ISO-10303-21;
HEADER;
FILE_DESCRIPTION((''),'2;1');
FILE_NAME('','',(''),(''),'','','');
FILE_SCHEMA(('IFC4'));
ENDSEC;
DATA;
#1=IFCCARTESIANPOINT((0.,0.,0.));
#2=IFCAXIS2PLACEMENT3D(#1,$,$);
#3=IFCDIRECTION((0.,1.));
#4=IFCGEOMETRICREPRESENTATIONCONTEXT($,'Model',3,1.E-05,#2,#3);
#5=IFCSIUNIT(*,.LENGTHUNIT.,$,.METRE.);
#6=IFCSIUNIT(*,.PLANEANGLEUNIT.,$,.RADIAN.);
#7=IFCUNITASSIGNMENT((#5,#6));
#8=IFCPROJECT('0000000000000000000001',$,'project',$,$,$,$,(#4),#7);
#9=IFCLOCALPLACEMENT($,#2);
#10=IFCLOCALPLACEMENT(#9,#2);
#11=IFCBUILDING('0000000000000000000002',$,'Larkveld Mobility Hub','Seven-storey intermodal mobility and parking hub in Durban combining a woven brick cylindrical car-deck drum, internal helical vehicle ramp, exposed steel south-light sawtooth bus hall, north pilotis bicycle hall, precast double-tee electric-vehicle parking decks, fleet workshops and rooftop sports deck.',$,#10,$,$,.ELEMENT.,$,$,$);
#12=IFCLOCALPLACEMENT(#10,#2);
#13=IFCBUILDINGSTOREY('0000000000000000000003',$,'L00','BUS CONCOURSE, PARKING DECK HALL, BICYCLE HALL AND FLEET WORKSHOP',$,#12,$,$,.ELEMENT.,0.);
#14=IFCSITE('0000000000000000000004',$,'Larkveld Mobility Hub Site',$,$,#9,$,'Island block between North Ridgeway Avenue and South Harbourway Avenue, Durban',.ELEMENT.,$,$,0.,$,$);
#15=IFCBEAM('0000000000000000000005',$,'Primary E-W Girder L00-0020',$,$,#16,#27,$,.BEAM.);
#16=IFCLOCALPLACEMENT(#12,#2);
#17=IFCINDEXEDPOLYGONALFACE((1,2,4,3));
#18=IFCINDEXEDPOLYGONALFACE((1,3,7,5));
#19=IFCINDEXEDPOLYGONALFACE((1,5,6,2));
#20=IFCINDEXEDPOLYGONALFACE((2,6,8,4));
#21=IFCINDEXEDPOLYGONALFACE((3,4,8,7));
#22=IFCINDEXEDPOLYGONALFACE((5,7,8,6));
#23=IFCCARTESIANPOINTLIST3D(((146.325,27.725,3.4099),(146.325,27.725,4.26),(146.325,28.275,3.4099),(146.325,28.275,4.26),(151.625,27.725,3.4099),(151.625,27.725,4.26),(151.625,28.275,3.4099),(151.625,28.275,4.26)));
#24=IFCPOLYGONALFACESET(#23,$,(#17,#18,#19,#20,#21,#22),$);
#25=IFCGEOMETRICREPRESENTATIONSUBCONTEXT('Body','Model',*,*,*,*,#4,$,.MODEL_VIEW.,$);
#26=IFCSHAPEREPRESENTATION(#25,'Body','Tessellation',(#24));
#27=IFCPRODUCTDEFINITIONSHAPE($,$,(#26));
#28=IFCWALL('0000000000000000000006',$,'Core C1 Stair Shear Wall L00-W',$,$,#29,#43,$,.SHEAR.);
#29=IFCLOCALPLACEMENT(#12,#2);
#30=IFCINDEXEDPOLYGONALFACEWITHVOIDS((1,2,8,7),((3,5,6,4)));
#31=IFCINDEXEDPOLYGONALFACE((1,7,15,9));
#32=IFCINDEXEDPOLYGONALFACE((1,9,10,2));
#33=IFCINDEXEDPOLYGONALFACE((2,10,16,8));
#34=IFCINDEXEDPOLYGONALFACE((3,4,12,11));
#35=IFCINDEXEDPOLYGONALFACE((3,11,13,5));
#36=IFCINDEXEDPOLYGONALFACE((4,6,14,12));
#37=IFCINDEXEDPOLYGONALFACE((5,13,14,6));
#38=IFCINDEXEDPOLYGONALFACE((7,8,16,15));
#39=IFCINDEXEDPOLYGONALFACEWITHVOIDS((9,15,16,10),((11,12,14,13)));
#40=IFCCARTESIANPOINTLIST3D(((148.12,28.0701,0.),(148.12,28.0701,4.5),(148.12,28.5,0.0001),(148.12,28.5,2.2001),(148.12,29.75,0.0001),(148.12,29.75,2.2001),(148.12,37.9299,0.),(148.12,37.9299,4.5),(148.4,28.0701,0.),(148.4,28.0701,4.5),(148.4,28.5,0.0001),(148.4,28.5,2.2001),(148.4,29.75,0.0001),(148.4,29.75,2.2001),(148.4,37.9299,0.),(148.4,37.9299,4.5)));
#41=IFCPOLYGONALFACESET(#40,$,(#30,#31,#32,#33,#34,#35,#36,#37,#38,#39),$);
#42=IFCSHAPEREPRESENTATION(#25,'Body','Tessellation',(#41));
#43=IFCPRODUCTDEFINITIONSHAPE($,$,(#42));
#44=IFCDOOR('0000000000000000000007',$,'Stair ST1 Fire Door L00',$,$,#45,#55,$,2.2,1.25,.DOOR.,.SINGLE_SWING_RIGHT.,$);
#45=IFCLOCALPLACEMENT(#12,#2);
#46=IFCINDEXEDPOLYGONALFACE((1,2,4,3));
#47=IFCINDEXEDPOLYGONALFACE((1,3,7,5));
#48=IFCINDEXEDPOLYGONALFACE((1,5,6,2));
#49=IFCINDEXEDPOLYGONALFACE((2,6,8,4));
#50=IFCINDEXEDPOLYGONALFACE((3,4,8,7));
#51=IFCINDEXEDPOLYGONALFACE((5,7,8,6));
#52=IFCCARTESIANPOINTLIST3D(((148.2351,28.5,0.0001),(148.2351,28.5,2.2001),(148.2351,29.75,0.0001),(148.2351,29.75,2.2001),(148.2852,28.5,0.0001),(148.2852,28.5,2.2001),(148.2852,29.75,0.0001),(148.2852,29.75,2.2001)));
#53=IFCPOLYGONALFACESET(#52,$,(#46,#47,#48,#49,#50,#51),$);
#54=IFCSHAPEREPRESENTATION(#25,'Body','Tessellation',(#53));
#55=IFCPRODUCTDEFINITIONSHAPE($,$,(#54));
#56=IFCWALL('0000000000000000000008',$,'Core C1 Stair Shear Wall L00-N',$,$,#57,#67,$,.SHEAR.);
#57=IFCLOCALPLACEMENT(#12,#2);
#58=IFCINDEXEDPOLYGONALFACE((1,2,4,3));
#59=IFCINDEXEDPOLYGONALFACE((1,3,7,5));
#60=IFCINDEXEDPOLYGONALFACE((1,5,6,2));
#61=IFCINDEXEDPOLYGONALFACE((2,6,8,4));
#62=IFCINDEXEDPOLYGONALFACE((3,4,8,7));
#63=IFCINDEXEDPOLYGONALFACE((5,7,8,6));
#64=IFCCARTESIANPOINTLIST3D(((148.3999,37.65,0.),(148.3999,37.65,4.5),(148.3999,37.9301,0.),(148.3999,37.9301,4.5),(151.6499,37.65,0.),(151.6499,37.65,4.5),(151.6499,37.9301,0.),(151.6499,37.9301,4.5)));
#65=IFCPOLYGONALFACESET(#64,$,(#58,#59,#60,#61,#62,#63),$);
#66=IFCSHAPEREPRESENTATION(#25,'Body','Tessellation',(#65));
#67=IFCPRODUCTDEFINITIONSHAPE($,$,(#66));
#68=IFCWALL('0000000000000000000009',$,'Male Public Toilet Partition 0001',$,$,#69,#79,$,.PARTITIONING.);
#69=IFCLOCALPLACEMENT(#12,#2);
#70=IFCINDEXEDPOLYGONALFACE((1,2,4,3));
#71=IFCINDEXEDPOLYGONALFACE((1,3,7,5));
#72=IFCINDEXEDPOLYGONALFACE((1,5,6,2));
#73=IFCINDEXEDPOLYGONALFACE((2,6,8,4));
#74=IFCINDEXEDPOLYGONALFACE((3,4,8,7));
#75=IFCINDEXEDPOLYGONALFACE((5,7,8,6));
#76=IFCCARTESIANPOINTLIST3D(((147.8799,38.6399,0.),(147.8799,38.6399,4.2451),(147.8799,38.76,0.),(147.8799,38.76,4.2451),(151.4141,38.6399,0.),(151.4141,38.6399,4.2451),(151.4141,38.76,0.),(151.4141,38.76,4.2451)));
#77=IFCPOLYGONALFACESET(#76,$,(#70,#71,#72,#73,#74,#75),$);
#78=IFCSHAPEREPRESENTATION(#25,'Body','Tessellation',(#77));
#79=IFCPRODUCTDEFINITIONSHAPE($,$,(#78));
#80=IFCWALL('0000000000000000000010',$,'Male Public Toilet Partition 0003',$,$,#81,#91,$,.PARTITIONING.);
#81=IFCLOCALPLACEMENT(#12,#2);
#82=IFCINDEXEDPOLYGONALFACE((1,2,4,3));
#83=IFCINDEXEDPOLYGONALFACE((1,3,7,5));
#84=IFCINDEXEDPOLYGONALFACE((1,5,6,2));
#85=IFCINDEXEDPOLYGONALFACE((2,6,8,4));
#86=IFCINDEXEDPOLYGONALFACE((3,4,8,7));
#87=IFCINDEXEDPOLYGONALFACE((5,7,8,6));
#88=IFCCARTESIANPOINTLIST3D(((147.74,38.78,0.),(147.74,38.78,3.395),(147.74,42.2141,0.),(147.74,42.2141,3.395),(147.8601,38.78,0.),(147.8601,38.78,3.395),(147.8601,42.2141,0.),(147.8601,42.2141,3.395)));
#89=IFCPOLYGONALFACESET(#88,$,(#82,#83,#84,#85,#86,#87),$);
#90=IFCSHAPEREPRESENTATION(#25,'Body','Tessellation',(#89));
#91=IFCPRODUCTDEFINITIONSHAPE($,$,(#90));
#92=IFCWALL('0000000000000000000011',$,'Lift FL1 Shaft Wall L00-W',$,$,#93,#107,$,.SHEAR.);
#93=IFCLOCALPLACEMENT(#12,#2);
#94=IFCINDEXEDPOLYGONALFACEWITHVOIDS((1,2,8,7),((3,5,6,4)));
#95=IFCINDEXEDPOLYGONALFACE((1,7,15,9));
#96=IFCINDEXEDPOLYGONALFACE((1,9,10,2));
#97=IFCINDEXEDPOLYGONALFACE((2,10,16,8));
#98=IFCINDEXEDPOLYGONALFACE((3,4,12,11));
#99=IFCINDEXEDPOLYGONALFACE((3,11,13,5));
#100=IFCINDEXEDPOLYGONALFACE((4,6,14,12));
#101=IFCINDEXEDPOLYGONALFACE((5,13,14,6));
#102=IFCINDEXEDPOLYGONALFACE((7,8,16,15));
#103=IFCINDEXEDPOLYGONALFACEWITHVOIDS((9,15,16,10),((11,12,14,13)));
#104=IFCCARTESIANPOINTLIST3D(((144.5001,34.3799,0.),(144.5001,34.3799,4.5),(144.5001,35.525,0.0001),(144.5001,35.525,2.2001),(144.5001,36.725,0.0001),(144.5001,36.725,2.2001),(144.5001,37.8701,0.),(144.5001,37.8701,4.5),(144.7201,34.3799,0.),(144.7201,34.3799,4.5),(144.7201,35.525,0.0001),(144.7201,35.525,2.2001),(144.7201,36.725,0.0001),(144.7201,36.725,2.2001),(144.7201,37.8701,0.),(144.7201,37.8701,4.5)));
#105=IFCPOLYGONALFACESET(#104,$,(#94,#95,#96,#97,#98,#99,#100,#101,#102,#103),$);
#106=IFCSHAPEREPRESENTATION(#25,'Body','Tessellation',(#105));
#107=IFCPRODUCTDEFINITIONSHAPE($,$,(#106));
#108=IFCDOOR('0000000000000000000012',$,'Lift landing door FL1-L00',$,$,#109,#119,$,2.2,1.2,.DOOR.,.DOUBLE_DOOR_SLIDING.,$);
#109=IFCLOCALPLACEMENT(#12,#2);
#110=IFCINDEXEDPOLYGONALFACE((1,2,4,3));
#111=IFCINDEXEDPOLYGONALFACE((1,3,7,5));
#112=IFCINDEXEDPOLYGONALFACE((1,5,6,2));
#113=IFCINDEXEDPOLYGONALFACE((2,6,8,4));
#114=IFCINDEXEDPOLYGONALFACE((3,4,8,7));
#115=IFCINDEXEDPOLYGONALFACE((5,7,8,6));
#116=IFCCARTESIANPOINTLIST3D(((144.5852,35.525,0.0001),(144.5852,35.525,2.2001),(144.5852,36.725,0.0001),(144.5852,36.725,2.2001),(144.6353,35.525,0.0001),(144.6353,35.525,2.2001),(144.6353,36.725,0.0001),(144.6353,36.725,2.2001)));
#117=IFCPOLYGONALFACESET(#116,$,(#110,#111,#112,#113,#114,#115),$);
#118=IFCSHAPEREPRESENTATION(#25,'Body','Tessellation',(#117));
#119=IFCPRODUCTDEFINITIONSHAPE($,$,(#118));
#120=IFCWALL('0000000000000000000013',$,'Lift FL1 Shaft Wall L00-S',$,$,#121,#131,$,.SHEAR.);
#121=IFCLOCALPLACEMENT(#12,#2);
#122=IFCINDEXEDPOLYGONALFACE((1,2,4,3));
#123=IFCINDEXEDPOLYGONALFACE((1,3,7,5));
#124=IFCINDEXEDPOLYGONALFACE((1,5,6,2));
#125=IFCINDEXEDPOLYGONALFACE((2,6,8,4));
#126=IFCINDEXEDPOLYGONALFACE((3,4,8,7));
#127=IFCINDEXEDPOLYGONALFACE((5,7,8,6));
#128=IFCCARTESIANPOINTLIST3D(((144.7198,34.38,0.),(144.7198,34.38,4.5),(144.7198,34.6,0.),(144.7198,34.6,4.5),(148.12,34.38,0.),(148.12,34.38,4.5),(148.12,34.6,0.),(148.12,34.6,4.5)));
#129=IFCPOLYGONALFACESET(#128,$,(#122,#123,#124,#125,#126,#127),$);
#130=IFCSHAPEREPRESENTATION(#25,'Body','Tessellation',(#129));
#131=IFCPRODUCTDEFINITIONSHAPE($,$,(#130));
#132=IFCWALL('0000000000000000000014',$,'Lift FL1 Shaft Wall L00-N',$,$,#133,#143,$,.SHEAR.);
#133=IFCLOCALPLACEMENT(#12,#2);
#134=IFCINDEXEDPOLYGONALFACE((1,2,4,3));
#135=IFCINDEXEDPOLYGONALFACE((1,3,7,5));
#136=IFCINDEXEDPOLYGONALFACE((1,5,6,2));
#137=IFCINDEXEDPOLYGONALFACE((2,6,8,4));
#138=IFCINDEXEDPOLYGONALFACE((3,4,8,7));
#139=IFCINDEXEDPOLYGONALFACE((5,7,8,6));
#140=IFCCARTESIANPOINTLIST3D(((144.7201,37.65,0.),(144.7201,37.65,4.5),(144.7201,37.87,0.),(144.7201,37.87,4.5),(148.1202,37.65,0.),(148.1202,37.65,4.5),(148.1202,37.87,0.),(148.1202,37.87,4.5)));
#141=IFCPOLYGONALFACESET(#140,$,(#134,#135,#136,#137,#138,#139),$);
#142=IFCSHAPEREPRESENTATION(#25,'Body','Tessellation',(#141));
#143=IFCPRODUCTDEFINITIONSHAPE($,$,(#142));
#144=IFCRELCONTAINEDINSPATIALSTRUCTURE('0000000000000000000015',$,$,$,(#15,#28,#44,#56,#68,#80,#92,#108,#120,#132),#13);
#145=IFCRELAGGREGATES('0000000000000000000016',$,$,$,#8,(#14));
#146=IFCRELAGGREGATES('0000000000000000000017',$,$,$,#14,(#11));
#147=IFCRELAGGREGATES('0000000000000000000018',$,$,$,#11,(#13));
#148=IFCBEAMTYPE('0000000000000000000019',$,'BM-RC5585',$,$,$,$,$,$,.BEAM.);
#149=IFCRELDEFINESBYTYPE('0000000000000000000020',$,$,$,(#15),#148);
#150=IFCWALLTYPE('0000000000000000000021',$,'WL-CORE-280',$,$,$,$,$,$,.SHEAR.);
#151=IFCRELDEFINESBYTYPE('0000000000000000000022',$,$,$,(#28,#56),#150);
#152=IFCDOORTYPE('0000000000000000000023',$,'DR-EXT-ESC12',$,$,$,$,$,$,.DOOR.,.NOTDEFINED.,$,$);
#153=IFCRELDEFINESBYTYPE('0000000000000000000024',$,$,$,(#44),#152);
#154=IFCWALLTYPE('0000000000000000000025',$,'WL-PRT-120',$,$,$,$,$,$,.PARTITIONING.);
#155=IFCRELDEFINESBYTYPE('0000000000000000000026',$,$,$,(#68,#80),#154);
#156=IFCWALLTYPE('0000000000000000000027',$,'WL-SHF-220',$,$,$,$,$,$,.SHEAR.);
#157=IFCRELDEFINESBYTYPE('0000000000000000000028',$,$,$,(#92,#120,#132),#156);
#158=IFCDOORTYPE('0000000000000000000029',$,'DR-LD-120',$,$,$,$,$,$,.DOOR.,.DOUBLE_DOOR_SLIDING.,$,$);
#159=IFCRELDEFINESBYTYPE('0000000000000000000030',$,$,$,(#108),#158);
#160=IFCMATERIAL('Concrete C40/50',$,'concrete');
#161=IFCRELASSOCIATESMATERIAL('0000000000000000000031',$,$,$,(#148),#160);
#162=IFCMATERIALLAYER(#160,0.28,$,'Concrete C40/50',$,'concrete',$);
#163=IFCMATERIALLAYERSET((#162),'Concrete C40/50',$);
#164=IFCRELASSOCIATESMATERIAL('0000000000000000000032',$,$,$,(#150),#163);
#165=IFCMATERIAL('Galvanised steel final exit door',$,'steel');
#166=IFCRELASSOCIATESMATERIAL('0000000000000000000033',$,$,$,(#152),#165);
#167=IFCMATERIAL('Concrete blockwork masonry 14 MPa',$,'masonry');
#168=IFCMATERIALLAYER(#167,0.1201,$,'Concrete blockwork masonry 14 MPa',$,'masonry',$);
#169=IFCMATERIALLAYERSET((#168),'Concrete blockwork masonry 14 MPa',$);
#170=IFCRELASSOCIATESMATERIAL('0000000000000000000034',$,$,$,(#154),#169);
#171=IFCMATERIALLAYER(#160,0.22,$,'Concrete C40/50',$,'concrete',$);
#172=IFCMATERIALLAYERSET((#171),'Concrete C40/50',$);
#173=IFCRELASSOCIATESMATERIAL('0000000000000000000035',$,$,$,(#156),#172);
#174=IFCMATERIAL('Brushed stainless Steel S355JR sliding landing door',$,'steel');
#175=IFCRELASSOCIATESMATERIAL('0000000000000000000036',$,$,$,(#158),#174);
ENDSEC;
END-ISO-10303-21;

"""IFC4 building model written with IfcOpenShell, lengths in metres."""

from ifc_helpers import new_model, si_unit, direction, frame, frame_2d, origin, origin_2d, place, context, subcontext, project, spatial, rectangle, extrude, material, layer, layer_set, material_profile, profile_set, type_object, element, fill, save


model = new_model("IFC4")

# Units and contexts
model_context = context("Model", 3, precision=1e-05, world=origin(), true_north=direction((0.0, 1.0)))
body_context = subcontext(model_context, "Body", "Model", "MODEL_VIEW")
ifc_project = project(units=[si_unit("LENGTHUNIT", "METRE"), si_unit("PLANEANGLEUNIT", "RADIAN")], contexts=[model_context])

# Site, building, storey
site_placement = place(None, origin())
site = spatial("IfcSite", under=ifc_project, at=site_placement, Name="Larkveld Mobility Hub Site", LongName="Island block between North Ridgeway Avenue and South Harbourway Avenue, Durban", CompositionType="ELEMENT", RefElevation=0.0)
building_placement = place(site_placement, origin())
building = spatial("IfcBuilding", under=site, at=building_placement, Name="Larkveld Mobility Hub", Description="Seven-storey intermodal mobility and parking hub in Durban combining a woven brick cylindrical car-deck drum, internal helical vehicle ramp, exposed steel south-light sawtooth bus hall, north pilotis bicycle hall, precast double-tee electric-vehicle parking decks, fleet workshops and rooftop sports deck.", CompositionType="ELEMENT")
storey_placement = place(building_placement, origin())
storey = spatial("IfcBuildingStorey", under=building, at=storey_placement, Name="L00", Description="BUS CONCOURSE, PARKING DECK HALL, BICYCLE HALL AND FLEET WORKSHOP", CompositionType="ELEMENT", Elevation=0.0)

# Beam
ifc_material_1 = material(Name="Concrete C40/50", Category="concrete")
ifc_material_profile_1 = material_profile(ifc_material_1, rectangle(XDim=0.55, YDim=0.8501, at=origin_2d()), Name="RC BM 550x850")
ifc_profile_set_1 = profile_set([ifc_material_profile_1], Name="Concrete C40/50")
beam_type = type_object("IfcBeamType", Name="BM-RC5585", PredefinedType="BEAM", material=ifc_profile_set_1)
beam_placement = place(storey_placement, frame((146.325, 28.0, 3.835), z_axis=(1.0, 0.0, 0.0), x_axis=(0.0, 1.0, 0.0)))
element("IfcBeam", 1, at=beam_placement, inside=storey, type_object=beam_type, Name="Primary E-W Girder L00-0020", PredefinedType="BEAM", context=body_context, shape_type="SweptSolid", body=[
    extrude(rectangle(XDim=0.55, YDim=0.8501, at=origin_2d()), origin(), (0.0, 0.0, 1.0), 5.3),
])

# Wall, opening, door
ifc_layer_1 = layer(ifc_material_1, 0.28, Name="Concrete C40/50", Category="concrete")
ifc_layer_set_1 = layer_set([ifc_layer_1], Name="Concrete C40/50")
wall_type_1 = type_object("IfcWallType", Name="WL-CORE-280", PredefinedType="SHEAR", material=ifc_layer_set_1)
wall_1_placement = place(storey_placement, frame((148.26, 28.0701, 0.0), z_axis=(0.0, 0.0, 1.0), x_axis=(0.0, 1.0, 0.0)))
wall_1 = element("IfcWall", 2, at=wall_1_placement, inside=storey, type_object=wall_type_1, Name="Core C1 Stair Shear Wall L00-W", PredefinedType="SHEAR", context=body_context, shape_type="SweptSolid", body=[
    extrude(rectangle(XDim=9.8599, YDim=0.28, at=frame_2d((4.9299, 0.0))), origin(), (0.0, 0.0, 1.0), 4.5),
])
opening_1_placement = place(wall_1_placement, frame((0.4299, 0.0, 0.0)))
opening_1 = element("IfcOpeningElement", 3, at=opening_1_placement, cuts=wall_1, PredefinedType="OPENING", context=body_context, shape_type="SweptSolid", body=[
    extrude(rectangle(XDim=1.25, YDim=2.2, at=frame_2d((0.625, 1.1001))), frame((0.0, 0.1499, 0.0), z_axis=(0.0, -1.0, 0.0), x_axis=(1.0, 0.0, 0.0)), (0.0, 0.0, 1.0), 0.3),
])
ifc_material_2 = material(Name="Galvanised steel final exit door", Category="steel")
door_type_1 = type_object("IfcDoorType", Name="DR-EXT-ESC12", OperationType="NOTDEFINED", PredefinedType="DOOR", material=ifc_material_2)
door_1_placement = place(opening_1_placement, origin())
door_1 = element("IfcDoor", 4, at=door_1_placement, inside=storey, type_object=door_type_1, Name="Stair ST1 Fire Door L00", OperationType="SINGLE_SWING_RIGHT", OverallHeight=2.2, OverallWidth=1.25, PredefinedType="DOOR", context=body_context, shape_type="SweptSolid", body=[
    extrude(rectangle(XDim=1.25, YDim=2.2, at=frame_2d((0.625, 1.1001))), frame((0.0, 0.0249, 0.0), z_axis=(0.0, -1.0, 0.0), x_axis=(1.0, 0.0, 0.0)), (0.0, 0.0, 1.0), 0.05),
])
fill(opening_1, door_1)

# Walls
wall_2_placement = place(storey_placement, frame((148.3999, 37.79, 0.0), z_axis=(0.0, 0.0, 1.0), x_axis=(1.0, 0.0, 0.0)))
element("IfcWall", 5, at=wall_2_placement, inside=storey, type_object=wall_type_1, Name="Core C1 Stair Shear Wall L00-N", PredefinedType="SHEAR", context=body_context, shape_type="SweptSolid", body=[
    extrude(rectangle(XDim=3.25, YDim=0.28, at=frame_2d((1.625, 0.0))), origin(), (0.0, 0.0, 1.0), 4.5),
])
ifc_material_3 = material(Name="Concrete blockwork masonry 14 MPa", Category="masonry")
ifc_layer_2 = layer(ifc_material_3, 0.1201, Name="Concrete blockwork masonry 14 MPa", Category="masonry")
ifc_layer_set_2 = layer_set([ifc_layer_2], Name="Concrete blockwork masonry 14 MPa")
wall_type_2 = type_object("IfcWallType", Name="WL-PRT-120", PredefinedType="PARTITIONING", material=ifc_layer_set_2)
wall_3_placement = place(storey_placement, frame((147.8799, 38.7, 0.0), z_axis=(0.0, 0.0, 1.0), x_axis=(1.0, 0.0, 0.0)))
element("IfcWall", 6, at=wall_3_placement, inside=storey, type_object=wall_type_2, Name="Male Public Toilet Partition 0001", PredefinedType="PARTITIONING", context=body_context, shape_type="SweptSolid", body=[
    extrude(rectangle(XDim=3.5342, YDim=0.1201, at=frame_2d((1.7671, 0.0))), origin(), (0.0, 0.0, 1.0), 4.2451),
])
wall_4_placement = place(storey_placement, frame((147.8, 38.78, 0.0), z_axis=(0.0, 0.0, 1.0), x_axis=(0.0, 1.0, 0.0)))
element("IfcWall", 7, at=wall_4_placement, inside=storey, type_object=wall_type_2, Name="Male Public Toilet Partition 0003", PredefinedType="PARTITIONING", context=body_context, shape_type="SweptSolid", body=[
    extrude(rectangle(XDim=3.4341, YDim=0.1201, at=frame_2d((1.717, 0.0))), origin(), (0.0, 0.0, 1.0), 3.395),
])

# Wall, opening, door
ifc_layer_3 = layer(ifc_material_1, 0.22, Name="Concrete C40/50", Category="concrete")
ifc_layer_set_3 = layer_set([ifc_layer_3], Name="Concrete C40/50")
wall_type_3 = type_object("IfcWallType", Name="WL-SHF-220", PredefinedType="SHEAR", material=ifc_layer_set_3)
wall_5_placement = place(storey_placement, frame((144.6101, 34.3799, 0.0), z_axis=(0.0, 0.0, 1.0), x_axis=(0.0, 1.0, 0.0)))
wall_5 = element("IfcWall", 8, at=wall_5_placement, inside=storey, type_object=wall_type_3, Name="Lift FL1 Shaft Wall L00-W", PredefinedType="SHEAR", context=body_context, shape_type="SweptSolid", body=[
    extrude(rectangle(XDim=3.4902, YDim=0.22, at=frame_2d((1.7451, 0.0))), origin(), (0.0, 0.0, 1.0), 4.5),
])
opening_2_placement = place(wall_5_placement, frame((1.145, 0.0, 0.0)))
opening_2 = element("IfcOpeningElement", 9, at=opening_2_placement, cuts=wall_5, PredefinedType="OPENING", context=body_context, shape_type="SweptSolid", body=[
    extrude(rectangle(XDim=1.2, YDim=2.2, at=frame_2d((0.6001, 1.1001))), frame((0.0, 0.1201, 0.0), z_axis=(0.0, -1.0, 0.0), x_axis=(1.0, 0.0, 0.0)), (0.0, 0.0, 1.0), 0.24),
])
ifc_material_4 = material(Name="Brushed stainless Steel S355JR sliding landing door", Category="steel")
door_type_2 = type_object("IfcDoorType", Name="DR-LD-120", OperationType="DOUBLE_DOOR_SLIDING", PredefinedType="DOOR", material=ifc_material_4)
door_2_placement = place(opening_2_placement, origin())
door_2 = element("IfcDoor", 10, at=door_2_placement, inside=storey, type_object=door_type_2, Name="Lift landing door FL1-L00", OperationType="DOUBLE_DOOR_SLIDING", OverallHeight=2.2, OverallWidth=1.2, PredefinedType="DOOR", context=body_context, shape_type="SweptSolid", body=[
    extrude(rectangle(XDim=1.2, YDim=2.2, at=frame_2d((0.6001, 1.1001))), frame((0.0, 0.0249, 0.0), z_axis=(0.0, -1.0, 0.0), x_axis=(1.0, 0.0, 0.0)), (0.0, 0.0, 1.0), 0.05),
])
fill(opening_2, door_2)

# Walls
for number, where, z_axis, x_axis, name in (
    (11, (148.1201, 34.49, 0.0), (0.0, 0.0, 1.0), (-1.0, 0.0, 0.0), "Lift FL1 Shaft Wall L00-S"),
    (12, (144.72, 37.76, 0.0), (0.0, 0.0, 1.0), (1.0, 0.0, 0.0), "Lift FL1 Shaft Wall L00-N"),
):
    element("IfcWall", number, at=place(storey_placement, frame(where, z_axis=z_axis, x_axis=x_axis)), inside=storey, type_object=wall_type_3, Name=name, PredefinedType="SHEAR", context=body_context, shape_type="SweptSolid", body=[
        extrude(rectangle(XDim=3.4001, YDim=0.22, at=frame_2d((1.7002, 0.0))), origin(), (0.0, 0.0, 1.0), 4.5),
    ])

save(model, "model.ifc")
